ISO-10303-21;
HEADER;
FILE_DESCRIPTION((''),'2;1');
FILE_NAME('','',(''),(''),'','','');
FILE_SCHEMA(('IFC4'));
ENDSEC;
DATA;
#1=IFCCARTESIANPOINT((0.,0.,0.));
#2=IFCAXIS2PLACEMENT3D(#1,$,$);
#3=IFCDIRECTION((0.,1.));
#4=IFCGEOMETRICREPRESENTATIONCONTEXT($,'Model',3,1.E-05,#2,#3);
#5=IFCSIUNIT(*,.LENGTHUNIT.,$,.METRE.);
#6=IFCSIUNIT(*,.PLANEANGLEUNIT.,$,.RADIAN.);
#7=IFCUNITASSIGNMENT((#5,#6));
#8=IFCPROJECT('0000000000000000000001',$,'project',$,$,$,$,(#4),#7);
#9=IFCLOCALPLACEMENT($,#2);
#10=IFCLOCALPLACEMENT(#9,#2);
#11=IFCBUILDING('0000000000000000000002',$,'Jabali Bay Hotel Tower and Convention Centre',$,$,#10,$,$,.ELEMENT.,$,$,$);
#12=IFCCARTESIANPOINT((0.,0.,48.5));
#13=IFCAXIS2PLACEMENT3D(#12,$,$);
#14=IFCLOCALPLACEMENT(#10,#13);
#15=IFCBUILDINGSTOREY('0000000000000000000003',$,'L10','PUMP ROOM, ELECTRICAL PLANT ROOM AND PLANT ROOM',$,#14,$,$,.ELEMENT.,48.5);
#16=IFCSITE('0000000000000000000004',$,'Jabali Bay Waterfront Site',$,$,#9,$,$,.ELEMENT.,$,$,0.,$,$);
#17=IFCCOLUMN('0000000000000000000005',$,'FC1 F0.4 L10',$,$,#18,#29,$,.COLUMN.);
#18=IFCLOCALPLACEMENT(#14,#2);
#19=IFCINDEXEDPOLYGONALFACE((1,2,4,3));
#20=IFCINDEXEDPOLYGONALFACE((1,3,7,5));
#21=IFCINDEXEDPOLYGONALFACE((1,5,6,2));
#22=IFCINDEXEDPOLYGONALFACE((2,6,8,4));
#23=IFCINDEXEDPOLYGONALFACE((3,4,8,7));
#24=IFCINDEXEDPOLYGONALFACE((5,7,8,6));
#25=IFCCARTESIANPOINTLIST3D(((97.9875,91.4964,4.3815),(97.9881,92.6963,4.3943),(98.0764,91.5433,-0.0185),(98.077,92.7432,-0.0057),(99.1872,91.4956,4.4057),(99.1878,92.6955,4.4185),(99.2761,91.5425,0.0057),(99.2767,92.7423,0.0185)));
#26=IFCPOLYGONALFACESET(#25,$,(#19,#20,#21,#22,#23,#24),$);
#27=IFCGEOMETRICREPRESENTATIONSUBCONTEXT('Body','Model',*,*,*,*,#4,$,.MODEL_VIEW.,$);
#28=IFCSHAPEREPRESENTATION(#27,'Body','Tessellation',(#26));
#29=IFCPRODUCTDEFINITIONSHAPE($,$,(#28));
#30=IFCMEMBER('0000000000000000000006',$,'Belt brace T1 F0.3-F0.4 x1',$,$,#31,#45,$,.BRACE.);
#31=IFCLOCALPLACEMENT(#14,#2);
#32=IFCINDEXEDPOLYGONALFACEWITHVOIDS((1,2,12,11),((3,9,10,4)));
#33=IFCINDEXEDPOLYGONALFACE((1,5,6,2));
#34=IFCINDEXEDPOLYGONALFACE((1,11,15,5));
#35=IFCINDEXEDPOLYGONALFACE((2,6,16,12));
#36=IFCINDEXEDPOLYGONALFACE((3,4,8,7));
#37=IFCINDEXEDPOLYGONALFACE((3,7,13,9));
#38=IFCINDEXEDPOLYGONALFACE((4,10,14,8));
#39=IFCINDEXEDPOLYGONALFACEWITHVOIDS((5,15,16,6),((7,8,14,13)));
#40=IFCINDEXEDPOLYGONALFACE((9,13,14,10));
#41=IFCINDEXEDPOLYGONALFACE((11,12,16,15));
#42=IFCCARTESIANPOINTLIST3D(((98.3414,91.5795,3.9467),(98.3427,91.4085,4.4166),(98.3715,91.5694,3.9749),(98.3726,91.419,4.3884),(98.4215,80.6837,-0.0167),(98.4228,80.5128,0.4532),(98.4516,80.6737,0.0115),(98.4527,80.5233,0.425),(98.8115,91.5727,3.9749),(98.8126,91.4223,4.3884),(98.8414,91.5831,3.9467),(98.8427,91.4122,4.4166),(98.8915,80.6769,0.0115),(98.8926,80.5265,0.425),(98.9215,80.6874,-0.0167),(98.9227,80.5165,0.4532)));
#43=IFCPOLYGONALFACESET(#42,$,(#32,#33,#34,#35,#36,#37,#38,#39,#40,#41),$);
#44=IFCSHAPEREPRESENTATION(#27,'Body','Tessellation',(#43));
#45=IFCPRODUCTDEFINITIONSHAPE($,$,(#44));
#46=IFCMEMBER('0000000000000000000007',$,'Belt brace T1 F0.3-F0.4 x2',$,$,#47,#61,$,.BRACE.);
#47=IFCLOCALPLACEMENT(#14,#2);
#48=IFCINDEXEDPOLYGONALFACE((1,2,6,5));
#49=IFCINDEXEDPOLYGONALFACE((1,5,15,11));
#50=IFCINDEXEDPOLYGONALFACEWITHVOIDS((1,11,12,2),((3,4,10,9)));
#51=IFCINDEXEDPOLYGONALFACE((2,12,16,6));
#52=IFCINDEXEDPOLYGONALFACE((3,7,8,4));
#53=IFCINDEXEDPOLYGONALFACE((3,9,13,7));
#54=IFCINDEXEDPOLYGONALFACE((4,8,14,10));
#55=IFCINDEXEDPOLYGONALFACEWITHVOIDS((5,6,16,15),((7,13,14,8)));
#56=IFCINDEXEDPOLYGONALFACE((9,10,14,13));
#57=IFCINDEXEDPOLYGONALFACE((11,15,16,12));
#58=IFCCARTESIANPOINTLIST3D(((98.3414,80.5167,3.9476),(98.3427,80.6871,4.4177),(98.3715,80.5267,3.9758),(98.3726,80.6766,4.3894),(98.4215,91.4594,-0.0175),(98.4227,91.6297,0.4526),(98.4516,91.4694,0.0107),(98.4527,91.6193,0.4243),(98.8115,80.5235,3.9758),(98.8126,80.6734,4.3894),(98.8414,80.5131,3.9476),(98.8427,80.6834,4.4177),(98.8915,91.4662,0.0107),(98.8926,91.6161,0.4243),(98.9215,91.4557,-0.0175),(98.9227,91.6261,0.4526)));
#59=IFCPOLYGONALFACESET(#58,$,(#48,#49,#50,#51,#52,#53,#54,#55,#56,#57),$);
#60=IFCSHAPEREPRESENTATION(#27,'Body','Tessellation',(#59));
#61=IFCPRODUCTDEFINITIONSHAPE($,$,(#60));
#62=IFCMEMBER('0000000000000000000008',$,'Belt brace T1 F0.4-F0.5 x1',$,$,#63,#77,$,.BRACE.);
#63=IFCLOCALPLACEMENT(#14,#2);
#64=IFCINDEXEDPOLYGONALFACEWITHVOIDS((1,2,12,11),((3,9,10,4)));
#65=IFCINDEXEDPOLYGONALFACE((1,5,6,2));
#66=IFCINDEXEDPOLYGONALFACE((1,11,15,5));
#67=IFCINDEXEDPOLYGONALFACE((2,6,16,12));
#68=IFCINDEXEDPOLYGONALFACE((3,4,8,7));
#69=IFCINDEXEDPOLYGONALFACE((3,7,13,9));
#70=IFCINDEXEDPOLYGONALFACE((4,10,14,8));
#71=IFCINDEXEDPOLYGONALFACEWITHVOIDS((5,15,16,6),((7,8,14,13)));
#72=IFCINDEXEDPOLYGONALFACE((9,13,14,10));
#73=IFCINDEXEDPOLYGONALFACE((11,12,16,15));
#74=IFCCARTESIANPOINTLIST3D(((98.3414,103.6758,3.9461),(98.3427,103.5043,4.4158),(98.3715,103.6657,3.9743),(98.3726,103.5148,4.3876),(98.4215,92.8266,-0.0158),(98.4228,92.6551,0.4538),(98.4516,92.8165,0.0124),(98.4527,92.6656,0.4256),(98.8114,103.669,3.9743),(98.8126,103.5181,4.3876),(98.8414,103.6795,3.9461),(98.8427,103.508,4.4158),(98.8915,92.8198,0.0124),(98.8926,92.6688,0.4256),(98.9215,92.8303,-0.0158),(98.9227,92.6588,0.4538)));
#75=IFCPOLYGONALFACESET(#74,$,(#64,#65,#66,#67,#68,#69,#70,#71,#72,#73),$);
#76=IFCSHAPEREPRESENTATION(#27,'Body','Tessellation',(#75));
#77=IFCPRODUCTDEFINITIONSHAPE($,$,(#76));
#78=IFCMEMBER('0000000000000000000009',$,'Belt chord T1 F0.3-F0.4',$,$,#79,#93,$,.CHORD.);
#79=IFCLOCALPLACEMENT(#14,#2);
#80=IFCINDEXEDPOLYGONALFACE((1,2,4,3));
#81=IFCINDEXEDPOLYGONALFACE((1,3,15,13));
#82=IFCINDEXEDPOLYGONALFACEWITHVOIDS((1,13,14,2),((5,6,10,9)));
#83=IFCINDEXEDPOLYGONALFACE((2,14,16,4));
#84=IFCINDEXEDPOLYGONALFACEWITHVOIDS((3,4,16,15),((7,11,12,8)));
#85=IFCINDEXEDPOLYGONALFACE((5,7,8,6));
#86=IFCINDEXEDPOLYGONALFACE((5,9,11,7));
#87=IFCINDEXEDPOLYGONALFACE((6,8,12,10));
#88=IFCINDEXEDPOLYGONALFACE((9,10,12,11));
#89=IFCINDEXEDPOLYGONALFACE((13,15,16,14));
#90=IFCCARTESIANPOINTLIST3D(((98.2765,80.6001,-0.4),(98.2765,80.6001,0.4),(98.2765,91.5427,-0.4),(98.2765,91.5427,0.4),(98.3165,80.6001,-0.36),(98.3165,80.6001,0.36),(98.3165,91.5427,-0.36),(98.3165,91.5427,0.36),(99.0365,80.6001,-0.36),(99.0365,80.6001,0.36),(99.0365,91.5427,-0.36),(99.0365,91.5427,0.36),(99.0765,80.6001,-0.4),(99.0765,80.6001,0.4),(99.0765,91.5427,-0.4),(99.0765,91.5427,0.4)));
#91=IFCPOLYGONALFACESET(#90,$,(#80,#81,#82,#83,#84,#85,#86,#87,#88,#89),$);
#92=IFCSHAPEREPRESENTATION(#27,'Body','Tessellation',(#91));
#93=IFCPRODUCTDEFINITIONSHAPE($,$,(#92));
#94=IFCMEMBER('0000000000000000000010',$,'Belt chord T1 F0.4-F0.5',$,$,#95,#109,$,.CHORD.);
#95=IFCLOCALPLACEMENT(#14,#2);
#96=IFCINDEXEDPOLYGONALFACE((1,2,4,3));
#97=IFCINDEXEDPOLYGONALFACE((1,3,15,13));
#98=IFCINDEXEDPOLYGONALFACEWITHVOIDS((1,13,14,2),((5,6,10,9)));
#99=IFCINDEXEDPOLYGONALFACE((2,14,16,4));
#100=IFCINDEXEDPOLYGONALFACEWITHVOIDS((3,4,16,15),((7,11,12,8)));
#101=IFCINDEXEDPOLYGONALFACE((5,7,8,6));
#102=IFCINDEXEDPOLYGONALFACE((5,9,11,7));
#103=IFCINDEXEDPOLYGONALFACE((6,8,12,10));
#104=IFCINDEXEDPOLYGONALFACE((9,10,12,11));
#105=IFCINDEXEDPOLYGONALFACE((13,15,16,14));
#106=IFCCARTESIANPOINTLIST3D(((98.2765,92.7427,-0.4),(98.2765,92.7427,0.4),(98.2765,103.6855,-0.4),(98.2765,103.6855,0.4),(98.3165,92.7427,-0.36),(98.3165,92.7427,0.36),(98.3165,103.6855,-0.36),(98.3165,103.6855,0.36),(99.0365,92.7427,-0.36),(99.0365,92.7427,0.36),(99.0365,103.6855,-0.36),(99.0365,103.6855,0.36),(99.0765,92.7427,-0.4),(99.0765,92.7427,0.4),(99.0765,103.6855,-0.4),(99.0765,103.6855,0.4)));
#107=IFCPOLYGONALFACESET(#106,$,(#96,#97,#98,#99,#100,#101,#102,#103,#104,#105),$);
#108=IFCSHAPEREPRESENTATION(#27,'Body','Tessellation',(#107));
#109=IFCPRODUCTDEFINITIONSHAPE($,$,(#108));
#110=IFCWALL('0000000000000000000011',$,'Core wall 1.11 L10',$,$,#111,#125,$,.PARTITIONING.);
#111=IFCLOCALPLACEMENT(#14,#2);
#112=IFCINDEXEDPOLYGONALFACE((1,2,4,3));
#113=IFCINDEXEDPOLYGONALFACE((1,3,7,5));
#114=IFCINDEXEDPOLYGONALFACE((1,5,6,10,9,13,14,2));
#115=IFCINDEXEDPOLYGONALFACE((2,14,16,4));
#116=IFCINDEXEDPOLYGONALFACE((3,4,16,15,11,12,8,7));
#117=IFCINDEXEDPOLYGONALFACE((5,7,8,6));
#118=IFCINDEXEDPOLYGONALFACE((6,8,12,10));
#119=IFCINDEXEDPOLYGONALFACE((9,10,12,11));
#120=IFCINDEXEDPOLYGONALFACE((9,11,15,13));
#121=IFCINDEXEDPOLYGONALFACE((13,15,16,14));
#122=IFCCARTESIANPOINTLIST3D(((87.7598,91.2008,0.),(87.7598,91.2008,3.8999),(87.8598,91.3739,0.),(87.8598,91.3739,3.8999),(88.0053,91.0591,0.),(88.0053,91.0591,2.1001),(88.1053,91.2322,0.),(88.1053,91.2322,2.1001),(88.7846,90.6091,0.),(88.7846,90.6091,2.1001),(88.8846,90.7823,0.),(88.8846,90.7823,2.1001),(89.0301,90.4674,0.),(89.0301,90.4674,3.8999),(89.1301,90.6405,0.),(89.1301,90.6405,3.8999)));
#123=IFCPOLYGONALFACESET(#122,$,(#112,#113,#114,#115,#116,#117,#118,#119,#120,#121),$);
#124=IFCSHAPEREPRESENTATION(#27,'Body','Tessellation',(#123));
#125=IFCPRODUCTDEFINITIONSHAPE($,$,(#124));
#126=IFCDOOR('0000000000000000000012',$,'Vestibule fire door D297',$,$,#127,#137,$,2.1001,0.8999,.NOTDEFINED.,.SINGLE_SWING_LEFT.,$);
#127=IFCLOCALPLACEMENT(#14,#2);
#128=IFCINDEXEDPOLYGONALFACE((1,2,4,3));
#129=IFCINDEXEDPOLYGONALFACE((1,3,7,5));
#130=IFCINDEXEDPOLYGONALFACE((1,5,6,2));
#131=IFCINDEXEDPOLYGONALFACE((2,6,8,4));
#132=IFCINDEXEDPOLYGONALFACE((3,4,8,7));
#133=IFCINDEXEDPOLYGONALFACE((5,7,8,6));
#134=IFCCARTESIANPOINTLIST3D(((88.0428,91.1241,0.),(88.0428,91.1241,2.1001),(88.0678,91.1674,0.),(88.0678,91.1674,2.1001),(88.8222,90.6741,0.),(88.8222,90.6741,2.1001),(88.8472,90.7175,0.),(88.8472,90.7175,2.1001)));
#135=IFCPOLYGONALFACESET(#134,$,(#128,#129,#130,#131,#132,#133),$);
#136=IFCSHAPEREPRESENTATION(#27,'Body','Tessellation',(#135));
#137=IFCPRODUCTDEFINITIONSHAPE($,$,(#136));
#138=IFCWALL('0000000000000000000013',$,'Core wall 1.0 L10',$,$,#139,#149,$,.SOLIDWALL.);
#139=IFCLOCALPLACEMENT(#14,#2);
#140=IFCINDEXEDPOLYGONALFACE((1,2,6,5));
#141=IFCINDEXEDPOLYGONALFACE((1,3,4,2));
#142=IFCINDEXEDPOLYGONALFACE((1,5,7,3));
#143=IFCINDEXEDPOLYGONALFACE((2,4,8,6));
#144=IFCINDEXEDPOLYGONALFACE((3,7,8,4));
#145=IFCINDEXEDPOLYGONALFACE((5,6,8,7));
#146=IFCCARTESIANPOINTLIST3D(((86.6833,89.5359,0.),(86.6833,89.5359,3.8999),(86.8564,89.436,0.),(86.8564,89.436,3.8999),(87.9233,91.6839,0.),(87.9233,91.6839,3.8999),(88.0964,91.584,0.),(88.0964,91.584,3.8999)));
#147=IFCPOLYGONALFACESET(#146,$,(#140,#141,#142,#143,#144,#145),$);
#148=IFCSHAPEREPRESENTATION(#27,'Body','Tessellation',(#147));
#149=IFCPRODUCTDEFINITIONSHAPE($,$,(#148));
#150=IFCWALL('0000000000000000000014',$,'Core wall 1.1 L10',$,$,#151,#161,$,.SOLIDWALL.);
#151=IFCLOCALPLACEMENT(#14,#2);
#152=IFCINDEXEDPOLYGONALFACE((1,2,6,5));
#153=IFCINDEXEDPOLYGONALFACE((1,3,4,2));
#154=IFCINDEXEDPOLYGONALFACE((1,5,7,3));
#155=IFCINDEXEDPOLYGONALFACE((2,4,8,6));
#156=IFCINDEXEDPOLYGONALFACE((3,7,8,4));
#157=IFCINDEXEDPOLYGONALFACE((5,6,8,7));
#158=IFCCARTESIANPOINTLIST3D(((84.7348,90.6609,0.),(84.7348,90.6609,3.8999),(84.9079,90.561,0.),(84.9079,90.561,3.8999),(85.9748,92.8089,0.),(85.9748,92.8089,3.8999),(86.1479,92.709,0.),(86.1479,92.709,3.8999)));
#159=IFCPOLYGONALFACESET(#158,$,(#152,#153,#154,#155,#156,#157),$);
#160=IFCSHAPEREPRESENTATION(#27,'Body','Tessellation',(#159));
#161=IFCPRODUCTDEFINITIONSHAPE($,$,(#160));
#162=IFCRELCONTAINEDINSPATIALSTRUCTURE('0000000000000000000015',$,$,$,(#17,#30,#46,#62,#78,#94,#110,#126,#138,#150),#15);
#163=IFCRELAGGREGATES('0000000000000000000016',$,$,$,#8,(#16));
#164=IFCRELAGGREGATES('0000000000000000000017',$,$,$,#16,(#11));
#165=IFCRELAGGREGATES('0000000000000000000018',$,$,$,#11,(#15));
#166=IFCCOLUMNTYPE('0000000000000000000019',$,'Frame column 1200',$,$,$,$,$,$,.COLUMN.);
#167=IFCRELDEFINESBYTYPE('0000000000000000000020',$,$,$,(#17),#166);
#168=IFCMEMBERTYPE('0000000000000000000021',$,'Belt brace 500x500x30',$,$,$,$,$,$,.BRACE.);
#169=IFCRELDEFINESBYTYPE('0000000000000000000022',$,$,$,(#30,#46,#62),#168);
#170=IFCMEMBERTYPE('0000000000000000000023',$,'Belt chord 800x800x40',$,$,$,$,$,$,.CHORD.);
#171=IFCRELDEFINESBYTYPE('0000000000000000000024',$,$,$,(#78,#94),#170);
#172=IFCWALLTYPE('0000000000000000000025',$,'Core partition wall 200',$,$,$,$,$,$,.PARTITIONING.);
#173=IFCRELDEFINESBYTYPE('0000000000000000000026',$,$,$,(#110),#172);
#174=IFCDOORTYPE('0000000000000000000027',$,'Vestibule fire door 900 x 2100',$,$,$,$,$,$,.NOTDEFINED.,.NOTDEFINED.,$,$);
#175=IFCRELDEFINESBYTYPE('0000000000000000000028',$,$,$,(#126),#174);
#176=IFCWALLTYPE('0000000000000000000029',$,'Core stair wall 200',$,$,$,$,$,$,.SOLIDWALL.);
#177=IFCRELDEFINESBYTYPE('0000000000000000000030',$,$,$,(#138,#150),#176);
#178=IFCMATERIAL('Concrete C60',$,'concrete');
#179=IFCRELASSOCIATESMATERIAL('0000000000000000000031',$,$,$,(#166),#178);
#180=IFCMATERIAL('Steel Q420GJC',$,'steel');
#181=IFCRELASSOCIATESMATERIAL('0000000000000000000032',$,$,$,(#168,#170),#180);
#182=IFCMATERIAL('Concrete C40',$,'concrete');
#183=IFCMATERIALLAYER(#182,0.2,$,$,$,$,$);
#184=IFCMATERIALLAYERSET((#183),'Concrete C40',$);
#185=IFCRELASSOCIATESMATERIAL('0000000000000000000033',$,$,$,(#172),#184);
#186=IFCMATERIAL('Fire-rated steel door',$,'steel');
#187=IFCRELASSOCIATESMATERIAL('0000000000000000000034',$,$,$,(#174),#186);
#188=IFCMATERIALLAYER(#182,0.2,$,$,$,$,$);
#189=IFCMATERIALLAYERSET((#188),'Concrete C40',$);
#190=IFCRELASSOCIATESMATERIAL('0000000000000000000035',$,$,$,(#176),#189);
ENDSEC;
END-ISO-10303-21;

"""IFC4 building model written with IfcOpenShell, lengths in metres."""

from ifc_helpers import new_model, si_unit, direction, frame, frame_2d, origin, origin_2d, place, context, subcontext, project, spatial, rectangle, hollow_rectangle, extrude, material, layer, layer_set, material_profile, profile_set, type_object, element, fill, save


model = new_model("IFC4")

# Units and contexts
model_context = context("Model", 3, precision=1e-05, world=origin(), true_north=direction((0.0, 1.0)))
body_context = subcontext(model_context, "Body", "Model", "MODEL_VIEW")
ifc_project = project(units=[si_unit("LENGTHUNIT", "METRE"), si_unit("PLANEANGLEUNIT", "RADIAN")], contexts=[model_context])

# Site, building, storey
site_placement = place(None, origin())
site = spatial("IfcSite", under=ifc_project, at=site_placement, Name="Jabali Bay Waterfront Site", CompositionType="ELEMENT", RefElevation=0.0)
building_placement = place(site_placement, origin())
building = spatial("IfcBuilding", under=site, at=building_placement, Name="Jabali Bay Hotel Tower and Convention Centre", CompositionType="ELEMENT")
storey_placement = place(building_placement, frame((0.0, 0.0, 48.5)))
storey = spatial("IfcBuildingStorey", under=building, at=storey_placement, Name="L10", Description="PUMP ROOM, ELECTRICAL PLANT ROOM AND PLANT ROOM", CompositionType="ELEMENT", Elevation=48.5)

# Column
ifc_material_1 = material(Name="Concrete C60", Category="concrete")
ifc_material_profile_1 = material_profile(ifc_material_1, rectangle(XDim=1.2, YDim=1.2, at=origin_2d()), Name="Frame column 1200")
ifc_profile_set_1 = profile_set([ifc_material_profile_1], Name="Concrete C60")
column_type = type_object("IfcColumnType", Name="Frame column 1200", PredefinedType="COLUMN", material=ifc_profile_set_1)
column_placement = place(storey_placement, frame((98.6765, 92.1428, 0.0), z_axis=(-0.020192, -0.010651, 0.999739), x_axis=(0.999796, -0.000711, 0.020186)))
element("IfcColumn", 1, at=column_placement, inside=storey, type_object=column_type, Name="FC1 F0.4 L10", PredefinedType="COLUMN", context=body_context, shape_type="SweptSolid", body=[
    extrude(rectangle(XDim=1.2, YDim=1.2, at=origin_2d()), origin(), (0.0, 0.0, 1.0), 4.4011),
])

# Members
ifc_material_2 = material(Name="Steel Q420GJC", Category="steel")
ifc_material_profile_2 = material_profile(ifc_material_2, hollow_rectangle(XDim=0.5, YDim=0.5, WallThickness=0.03, at=origin_2d()), Name="Belt brace 500x500x30")
ifc_profile_set_2 = profile_set([ifc_material_profile_2], Name="Steel Q420GJC")
member_type_1 = type_object("IfcMemberType", Name="Belt brace 500x500x30", PredefinedType="BRACE", material=ifc_profile_set_2)
member_1_placement = place(storey_placement, frame((98.6721, 80.6001, 0.2183), z_axis=(-0.006907, 0.939735, 0.341833), x_axis=(-0.999973, -0.007349, 0.0)))
element("IfcMember", 2, at=member_1_placement, inside=storey, type_object=member_type_1, Name="Belt brace T1 F0.3-F0.4 x1", PredefinedType="BRACE", context=body_context, shape_type="SweptSolid", body=[
    extrude(hollow_rectangle(XDim=0.5, YDim=0.5, WallThickness=0.03, at=origin_2d()), origin(), (0.0, 0.0, 1.0), 11.5945),
])
member_2_placement = place(storey_placement, frame((98.6721, 91.5427, 0.2175), z_axis=(-0.00688, -0.940158, 0.340669), x_axis=(0.999973, -0.007318, 0.0)))
element("IfcMember", 3, at=member_2_placement, inside=storey, type_object=member_type_1, Name="Belt brace T1 F0.3-F0.4 x2", PredefinedType="BRACE", context=body_context, shape_type="SweptSolid", body=[
    extrude(hollow_rectangle(XDim=0.5, YDim=0.5, WallThickness=0.03, at=origin_2d()), origin(), (0.0, 0.0, 1.0), 11.6392),
])
member_3_placement = place(storey_placement, frame((98.6721, 92.7427, 0.219), z_axis=(-0.006933, 0.939303, 0.343018), x_axis=(-0.999973, -0.007381, 0.0)))
element("IfcMember", 4, at=member_3_placement, inside=storey, type_object=member_type_1, Name="Belt brace T1 F0.4-F0.5 x1", PredefinedType="BRACE", context=body_context, shape_type="SweptSolid", body=[
    extrude(hollow_rectangle(XDim=0.5, YDim=0.5, WallThickness=0.03, at=origin_2d()), origin(), (0.0, 0.0, 1.0), 11.5503),
])
ifc_material_profile_3 = material_profile(ifc_material_2, hollow_rectangle(XDim=0.8, YDim=0.8, WallThickness=0.04, at=origin_2d()), Name="Belt chord 800x800x40")
ifc_profile_set_3 = profile_set([ifc_material_profile_3], Name="Steel Q420GJC")
member_type_2 = type_object("IfcMemberType", Name="Belt chord 800x800x40", PredefinedType="CHORD", material=ifc_profile_set_3)
member_4_placement = place(storey_placement, frame((98.6765, 80.6001, 0.0), z_axis=(0.0, 1.0, 0.0), x_axis=(-1.0, 0.0, 0.0)))
element("IfcMember", 5, at=member_4_placement, inside=storey, type_object=member_type_2, Name="Belt chord T1 F0.3-F0.4", PredefinedType="CHORD", context=body_context, shape_type="SweptSolid", body=[
    extrude(hollow_rectangle(XDim=0.8, YDim=0.8, WallThickness=0.04, at=origin_2d()), origin(), (0.0, 0.0, 1.0), 10.9426),
])
member_5_placement = place(storey_placement, frame((98.6765, 92.7427, 0.0), z_axis=(0.0, 1.0, 0.0), x_axis=(-1.0, 0.0, 0.0)))
element("IfcMember", 6, at=member_5_placement, inside=storey, type_object=member_type_2, Name="Belt chord T1 F0.4-F0.5", PredefinedType="CHORD", context=body_context, shape_type="SweptSolid", body=[
    extrude(hollow_rectangle(XDim=0.8, YDim=0.8, WallThickness=0.04, at=origin_2d()), origin(), (0.0, 0.0, 1.0), 10.9429),
])

# Wall, opening, door
ifc_material_3 = material(Name="Concrete C40", Category="concrete")
ifc_layer_1 = layer(ifc_material_3, 0.2)
ifc_layer_set_1 = layer_set([ifc_layer_1], Name="Concrete C40")
wall_type_1 = type_object("IfcWallType", Name="Core partition wall 200", PredefinedType="PARTITIONING", material=ifc_layer_set_1)
wall_1_placement = place(storey_placement, frame((89.0801, 90.554, 0.0), z_axis=(0.0, 0.0, 1.0), x_axis=(-0.866022, 0.500006, 0.0)))
wall_1 = element("IfcWall", 7, at=wall_1_placement, inside=storey, type_object=wall_type_1, Name="Core wall 1.11 L10", PredefinedType="PARTITIONING", context=body_context, shape_type="SweptSolid", body=[
    extrude(rectangle(XDim=1.4668, YDim=0.2, at=frame_2d((0.7334, 0.0))), origin(), (0.0, 0.0, 1.0), 3.8999),
])
opening_1_placement = place(wall_1_placement, frame((0.2834, 0.0, 0.0)))
opening_1 = element("IfcOpeningElement", 8, at=opening_1_placement, cuts=wall_1, PredefinedType="OPENING", context=body_context, shape_type="SweptSolid", body=[
    extrude(rectangle(XDim=0.8999, YDim=2.1001, at=frame_2d((0.45, 1.05))), frame((0.0, 0.1104, 0.0), z_axis=(0.0, -1.0, 0.0), x_axis=(1.0, 0.0, 0.0)), (0.0, 0.0, 1.0), 0.2209),
])
ifc_material_4 = material(Name="Fire-rated steel door", Category="steel")
door_type_1 = type_object("IfcDoorType", Name="Vestibule fire door 900 x 2100", OperationType="NOTDEFINED", PredefinedType="NOTDEFINED", material=ifc_material_4)
door_1_placement = place(opening_1_placement, origin())
door_1 = element("IfcDoor", 9, at=door_1_placement, inside=storey, type_object=door_type_1, Name="Vestibule fire door D297", OperationType="SINGLE_SWING_LEFT", OverallHeight=2.1001, OverallWidth=0.8999, PredefinedType="NOTDEFINED", context=body_context, shape_type="SweptSolid", body=[
    extrude(rectangle(XDim=0.8999, YDim=2.1001, at=frame_2d((0.45, 1.05))), frame((0.0, 0.0249, 0.0), z_axis=(0.0, -1.0, 0.0), x_axis=(1.0, 0.0, 0.0)), (0.0, 0.0, 1.0), 0.05),
])
fill(opening_1, door_1)

# Walls
ifc_layer_2 = layer(ifc_material_3, 0.2)
ifc_layer_set_2 = layer_set([ifc_layer_2], Name="Concrete C40")
wall_type_2 = type_object("IfcWallType", Name="Core stair wall 200", PredefinedType="SOLIDWALL", material=ifc_layer_set_2)
for number, where, z_axis, x_axis, name in (
    (10, (86.7698, 89.4858, 0.0), (0.0, 0.0, 1.0), (0.499961, 0.866048, 0.0), "Core wall 1.0 L10"),
    (11, (84.8213, 90.6108, 0.0), (0.0, 0.0, 1.0), (0.499961, 0.866048, 0.0), "Core wall 1.1 L10"),
):
    element("IfcWall", number, at=place(storey_placement, frame(where, z_axis=z_axis, x_axis=x_axis)), inside=storey, type_object=wall_type_2, Name=name, PredefinedType="SOLIDWALL", context=body_context, shape_type="SweptSolid", body=[
        extrude(rectangle(XDim=2.4802, YDim=0.2, at=frame_2d((1.2402, 0.0))), origin(), (0.0, 0.0, 1.0), 3.8999),
    ])

save(model, "model.ifc")
